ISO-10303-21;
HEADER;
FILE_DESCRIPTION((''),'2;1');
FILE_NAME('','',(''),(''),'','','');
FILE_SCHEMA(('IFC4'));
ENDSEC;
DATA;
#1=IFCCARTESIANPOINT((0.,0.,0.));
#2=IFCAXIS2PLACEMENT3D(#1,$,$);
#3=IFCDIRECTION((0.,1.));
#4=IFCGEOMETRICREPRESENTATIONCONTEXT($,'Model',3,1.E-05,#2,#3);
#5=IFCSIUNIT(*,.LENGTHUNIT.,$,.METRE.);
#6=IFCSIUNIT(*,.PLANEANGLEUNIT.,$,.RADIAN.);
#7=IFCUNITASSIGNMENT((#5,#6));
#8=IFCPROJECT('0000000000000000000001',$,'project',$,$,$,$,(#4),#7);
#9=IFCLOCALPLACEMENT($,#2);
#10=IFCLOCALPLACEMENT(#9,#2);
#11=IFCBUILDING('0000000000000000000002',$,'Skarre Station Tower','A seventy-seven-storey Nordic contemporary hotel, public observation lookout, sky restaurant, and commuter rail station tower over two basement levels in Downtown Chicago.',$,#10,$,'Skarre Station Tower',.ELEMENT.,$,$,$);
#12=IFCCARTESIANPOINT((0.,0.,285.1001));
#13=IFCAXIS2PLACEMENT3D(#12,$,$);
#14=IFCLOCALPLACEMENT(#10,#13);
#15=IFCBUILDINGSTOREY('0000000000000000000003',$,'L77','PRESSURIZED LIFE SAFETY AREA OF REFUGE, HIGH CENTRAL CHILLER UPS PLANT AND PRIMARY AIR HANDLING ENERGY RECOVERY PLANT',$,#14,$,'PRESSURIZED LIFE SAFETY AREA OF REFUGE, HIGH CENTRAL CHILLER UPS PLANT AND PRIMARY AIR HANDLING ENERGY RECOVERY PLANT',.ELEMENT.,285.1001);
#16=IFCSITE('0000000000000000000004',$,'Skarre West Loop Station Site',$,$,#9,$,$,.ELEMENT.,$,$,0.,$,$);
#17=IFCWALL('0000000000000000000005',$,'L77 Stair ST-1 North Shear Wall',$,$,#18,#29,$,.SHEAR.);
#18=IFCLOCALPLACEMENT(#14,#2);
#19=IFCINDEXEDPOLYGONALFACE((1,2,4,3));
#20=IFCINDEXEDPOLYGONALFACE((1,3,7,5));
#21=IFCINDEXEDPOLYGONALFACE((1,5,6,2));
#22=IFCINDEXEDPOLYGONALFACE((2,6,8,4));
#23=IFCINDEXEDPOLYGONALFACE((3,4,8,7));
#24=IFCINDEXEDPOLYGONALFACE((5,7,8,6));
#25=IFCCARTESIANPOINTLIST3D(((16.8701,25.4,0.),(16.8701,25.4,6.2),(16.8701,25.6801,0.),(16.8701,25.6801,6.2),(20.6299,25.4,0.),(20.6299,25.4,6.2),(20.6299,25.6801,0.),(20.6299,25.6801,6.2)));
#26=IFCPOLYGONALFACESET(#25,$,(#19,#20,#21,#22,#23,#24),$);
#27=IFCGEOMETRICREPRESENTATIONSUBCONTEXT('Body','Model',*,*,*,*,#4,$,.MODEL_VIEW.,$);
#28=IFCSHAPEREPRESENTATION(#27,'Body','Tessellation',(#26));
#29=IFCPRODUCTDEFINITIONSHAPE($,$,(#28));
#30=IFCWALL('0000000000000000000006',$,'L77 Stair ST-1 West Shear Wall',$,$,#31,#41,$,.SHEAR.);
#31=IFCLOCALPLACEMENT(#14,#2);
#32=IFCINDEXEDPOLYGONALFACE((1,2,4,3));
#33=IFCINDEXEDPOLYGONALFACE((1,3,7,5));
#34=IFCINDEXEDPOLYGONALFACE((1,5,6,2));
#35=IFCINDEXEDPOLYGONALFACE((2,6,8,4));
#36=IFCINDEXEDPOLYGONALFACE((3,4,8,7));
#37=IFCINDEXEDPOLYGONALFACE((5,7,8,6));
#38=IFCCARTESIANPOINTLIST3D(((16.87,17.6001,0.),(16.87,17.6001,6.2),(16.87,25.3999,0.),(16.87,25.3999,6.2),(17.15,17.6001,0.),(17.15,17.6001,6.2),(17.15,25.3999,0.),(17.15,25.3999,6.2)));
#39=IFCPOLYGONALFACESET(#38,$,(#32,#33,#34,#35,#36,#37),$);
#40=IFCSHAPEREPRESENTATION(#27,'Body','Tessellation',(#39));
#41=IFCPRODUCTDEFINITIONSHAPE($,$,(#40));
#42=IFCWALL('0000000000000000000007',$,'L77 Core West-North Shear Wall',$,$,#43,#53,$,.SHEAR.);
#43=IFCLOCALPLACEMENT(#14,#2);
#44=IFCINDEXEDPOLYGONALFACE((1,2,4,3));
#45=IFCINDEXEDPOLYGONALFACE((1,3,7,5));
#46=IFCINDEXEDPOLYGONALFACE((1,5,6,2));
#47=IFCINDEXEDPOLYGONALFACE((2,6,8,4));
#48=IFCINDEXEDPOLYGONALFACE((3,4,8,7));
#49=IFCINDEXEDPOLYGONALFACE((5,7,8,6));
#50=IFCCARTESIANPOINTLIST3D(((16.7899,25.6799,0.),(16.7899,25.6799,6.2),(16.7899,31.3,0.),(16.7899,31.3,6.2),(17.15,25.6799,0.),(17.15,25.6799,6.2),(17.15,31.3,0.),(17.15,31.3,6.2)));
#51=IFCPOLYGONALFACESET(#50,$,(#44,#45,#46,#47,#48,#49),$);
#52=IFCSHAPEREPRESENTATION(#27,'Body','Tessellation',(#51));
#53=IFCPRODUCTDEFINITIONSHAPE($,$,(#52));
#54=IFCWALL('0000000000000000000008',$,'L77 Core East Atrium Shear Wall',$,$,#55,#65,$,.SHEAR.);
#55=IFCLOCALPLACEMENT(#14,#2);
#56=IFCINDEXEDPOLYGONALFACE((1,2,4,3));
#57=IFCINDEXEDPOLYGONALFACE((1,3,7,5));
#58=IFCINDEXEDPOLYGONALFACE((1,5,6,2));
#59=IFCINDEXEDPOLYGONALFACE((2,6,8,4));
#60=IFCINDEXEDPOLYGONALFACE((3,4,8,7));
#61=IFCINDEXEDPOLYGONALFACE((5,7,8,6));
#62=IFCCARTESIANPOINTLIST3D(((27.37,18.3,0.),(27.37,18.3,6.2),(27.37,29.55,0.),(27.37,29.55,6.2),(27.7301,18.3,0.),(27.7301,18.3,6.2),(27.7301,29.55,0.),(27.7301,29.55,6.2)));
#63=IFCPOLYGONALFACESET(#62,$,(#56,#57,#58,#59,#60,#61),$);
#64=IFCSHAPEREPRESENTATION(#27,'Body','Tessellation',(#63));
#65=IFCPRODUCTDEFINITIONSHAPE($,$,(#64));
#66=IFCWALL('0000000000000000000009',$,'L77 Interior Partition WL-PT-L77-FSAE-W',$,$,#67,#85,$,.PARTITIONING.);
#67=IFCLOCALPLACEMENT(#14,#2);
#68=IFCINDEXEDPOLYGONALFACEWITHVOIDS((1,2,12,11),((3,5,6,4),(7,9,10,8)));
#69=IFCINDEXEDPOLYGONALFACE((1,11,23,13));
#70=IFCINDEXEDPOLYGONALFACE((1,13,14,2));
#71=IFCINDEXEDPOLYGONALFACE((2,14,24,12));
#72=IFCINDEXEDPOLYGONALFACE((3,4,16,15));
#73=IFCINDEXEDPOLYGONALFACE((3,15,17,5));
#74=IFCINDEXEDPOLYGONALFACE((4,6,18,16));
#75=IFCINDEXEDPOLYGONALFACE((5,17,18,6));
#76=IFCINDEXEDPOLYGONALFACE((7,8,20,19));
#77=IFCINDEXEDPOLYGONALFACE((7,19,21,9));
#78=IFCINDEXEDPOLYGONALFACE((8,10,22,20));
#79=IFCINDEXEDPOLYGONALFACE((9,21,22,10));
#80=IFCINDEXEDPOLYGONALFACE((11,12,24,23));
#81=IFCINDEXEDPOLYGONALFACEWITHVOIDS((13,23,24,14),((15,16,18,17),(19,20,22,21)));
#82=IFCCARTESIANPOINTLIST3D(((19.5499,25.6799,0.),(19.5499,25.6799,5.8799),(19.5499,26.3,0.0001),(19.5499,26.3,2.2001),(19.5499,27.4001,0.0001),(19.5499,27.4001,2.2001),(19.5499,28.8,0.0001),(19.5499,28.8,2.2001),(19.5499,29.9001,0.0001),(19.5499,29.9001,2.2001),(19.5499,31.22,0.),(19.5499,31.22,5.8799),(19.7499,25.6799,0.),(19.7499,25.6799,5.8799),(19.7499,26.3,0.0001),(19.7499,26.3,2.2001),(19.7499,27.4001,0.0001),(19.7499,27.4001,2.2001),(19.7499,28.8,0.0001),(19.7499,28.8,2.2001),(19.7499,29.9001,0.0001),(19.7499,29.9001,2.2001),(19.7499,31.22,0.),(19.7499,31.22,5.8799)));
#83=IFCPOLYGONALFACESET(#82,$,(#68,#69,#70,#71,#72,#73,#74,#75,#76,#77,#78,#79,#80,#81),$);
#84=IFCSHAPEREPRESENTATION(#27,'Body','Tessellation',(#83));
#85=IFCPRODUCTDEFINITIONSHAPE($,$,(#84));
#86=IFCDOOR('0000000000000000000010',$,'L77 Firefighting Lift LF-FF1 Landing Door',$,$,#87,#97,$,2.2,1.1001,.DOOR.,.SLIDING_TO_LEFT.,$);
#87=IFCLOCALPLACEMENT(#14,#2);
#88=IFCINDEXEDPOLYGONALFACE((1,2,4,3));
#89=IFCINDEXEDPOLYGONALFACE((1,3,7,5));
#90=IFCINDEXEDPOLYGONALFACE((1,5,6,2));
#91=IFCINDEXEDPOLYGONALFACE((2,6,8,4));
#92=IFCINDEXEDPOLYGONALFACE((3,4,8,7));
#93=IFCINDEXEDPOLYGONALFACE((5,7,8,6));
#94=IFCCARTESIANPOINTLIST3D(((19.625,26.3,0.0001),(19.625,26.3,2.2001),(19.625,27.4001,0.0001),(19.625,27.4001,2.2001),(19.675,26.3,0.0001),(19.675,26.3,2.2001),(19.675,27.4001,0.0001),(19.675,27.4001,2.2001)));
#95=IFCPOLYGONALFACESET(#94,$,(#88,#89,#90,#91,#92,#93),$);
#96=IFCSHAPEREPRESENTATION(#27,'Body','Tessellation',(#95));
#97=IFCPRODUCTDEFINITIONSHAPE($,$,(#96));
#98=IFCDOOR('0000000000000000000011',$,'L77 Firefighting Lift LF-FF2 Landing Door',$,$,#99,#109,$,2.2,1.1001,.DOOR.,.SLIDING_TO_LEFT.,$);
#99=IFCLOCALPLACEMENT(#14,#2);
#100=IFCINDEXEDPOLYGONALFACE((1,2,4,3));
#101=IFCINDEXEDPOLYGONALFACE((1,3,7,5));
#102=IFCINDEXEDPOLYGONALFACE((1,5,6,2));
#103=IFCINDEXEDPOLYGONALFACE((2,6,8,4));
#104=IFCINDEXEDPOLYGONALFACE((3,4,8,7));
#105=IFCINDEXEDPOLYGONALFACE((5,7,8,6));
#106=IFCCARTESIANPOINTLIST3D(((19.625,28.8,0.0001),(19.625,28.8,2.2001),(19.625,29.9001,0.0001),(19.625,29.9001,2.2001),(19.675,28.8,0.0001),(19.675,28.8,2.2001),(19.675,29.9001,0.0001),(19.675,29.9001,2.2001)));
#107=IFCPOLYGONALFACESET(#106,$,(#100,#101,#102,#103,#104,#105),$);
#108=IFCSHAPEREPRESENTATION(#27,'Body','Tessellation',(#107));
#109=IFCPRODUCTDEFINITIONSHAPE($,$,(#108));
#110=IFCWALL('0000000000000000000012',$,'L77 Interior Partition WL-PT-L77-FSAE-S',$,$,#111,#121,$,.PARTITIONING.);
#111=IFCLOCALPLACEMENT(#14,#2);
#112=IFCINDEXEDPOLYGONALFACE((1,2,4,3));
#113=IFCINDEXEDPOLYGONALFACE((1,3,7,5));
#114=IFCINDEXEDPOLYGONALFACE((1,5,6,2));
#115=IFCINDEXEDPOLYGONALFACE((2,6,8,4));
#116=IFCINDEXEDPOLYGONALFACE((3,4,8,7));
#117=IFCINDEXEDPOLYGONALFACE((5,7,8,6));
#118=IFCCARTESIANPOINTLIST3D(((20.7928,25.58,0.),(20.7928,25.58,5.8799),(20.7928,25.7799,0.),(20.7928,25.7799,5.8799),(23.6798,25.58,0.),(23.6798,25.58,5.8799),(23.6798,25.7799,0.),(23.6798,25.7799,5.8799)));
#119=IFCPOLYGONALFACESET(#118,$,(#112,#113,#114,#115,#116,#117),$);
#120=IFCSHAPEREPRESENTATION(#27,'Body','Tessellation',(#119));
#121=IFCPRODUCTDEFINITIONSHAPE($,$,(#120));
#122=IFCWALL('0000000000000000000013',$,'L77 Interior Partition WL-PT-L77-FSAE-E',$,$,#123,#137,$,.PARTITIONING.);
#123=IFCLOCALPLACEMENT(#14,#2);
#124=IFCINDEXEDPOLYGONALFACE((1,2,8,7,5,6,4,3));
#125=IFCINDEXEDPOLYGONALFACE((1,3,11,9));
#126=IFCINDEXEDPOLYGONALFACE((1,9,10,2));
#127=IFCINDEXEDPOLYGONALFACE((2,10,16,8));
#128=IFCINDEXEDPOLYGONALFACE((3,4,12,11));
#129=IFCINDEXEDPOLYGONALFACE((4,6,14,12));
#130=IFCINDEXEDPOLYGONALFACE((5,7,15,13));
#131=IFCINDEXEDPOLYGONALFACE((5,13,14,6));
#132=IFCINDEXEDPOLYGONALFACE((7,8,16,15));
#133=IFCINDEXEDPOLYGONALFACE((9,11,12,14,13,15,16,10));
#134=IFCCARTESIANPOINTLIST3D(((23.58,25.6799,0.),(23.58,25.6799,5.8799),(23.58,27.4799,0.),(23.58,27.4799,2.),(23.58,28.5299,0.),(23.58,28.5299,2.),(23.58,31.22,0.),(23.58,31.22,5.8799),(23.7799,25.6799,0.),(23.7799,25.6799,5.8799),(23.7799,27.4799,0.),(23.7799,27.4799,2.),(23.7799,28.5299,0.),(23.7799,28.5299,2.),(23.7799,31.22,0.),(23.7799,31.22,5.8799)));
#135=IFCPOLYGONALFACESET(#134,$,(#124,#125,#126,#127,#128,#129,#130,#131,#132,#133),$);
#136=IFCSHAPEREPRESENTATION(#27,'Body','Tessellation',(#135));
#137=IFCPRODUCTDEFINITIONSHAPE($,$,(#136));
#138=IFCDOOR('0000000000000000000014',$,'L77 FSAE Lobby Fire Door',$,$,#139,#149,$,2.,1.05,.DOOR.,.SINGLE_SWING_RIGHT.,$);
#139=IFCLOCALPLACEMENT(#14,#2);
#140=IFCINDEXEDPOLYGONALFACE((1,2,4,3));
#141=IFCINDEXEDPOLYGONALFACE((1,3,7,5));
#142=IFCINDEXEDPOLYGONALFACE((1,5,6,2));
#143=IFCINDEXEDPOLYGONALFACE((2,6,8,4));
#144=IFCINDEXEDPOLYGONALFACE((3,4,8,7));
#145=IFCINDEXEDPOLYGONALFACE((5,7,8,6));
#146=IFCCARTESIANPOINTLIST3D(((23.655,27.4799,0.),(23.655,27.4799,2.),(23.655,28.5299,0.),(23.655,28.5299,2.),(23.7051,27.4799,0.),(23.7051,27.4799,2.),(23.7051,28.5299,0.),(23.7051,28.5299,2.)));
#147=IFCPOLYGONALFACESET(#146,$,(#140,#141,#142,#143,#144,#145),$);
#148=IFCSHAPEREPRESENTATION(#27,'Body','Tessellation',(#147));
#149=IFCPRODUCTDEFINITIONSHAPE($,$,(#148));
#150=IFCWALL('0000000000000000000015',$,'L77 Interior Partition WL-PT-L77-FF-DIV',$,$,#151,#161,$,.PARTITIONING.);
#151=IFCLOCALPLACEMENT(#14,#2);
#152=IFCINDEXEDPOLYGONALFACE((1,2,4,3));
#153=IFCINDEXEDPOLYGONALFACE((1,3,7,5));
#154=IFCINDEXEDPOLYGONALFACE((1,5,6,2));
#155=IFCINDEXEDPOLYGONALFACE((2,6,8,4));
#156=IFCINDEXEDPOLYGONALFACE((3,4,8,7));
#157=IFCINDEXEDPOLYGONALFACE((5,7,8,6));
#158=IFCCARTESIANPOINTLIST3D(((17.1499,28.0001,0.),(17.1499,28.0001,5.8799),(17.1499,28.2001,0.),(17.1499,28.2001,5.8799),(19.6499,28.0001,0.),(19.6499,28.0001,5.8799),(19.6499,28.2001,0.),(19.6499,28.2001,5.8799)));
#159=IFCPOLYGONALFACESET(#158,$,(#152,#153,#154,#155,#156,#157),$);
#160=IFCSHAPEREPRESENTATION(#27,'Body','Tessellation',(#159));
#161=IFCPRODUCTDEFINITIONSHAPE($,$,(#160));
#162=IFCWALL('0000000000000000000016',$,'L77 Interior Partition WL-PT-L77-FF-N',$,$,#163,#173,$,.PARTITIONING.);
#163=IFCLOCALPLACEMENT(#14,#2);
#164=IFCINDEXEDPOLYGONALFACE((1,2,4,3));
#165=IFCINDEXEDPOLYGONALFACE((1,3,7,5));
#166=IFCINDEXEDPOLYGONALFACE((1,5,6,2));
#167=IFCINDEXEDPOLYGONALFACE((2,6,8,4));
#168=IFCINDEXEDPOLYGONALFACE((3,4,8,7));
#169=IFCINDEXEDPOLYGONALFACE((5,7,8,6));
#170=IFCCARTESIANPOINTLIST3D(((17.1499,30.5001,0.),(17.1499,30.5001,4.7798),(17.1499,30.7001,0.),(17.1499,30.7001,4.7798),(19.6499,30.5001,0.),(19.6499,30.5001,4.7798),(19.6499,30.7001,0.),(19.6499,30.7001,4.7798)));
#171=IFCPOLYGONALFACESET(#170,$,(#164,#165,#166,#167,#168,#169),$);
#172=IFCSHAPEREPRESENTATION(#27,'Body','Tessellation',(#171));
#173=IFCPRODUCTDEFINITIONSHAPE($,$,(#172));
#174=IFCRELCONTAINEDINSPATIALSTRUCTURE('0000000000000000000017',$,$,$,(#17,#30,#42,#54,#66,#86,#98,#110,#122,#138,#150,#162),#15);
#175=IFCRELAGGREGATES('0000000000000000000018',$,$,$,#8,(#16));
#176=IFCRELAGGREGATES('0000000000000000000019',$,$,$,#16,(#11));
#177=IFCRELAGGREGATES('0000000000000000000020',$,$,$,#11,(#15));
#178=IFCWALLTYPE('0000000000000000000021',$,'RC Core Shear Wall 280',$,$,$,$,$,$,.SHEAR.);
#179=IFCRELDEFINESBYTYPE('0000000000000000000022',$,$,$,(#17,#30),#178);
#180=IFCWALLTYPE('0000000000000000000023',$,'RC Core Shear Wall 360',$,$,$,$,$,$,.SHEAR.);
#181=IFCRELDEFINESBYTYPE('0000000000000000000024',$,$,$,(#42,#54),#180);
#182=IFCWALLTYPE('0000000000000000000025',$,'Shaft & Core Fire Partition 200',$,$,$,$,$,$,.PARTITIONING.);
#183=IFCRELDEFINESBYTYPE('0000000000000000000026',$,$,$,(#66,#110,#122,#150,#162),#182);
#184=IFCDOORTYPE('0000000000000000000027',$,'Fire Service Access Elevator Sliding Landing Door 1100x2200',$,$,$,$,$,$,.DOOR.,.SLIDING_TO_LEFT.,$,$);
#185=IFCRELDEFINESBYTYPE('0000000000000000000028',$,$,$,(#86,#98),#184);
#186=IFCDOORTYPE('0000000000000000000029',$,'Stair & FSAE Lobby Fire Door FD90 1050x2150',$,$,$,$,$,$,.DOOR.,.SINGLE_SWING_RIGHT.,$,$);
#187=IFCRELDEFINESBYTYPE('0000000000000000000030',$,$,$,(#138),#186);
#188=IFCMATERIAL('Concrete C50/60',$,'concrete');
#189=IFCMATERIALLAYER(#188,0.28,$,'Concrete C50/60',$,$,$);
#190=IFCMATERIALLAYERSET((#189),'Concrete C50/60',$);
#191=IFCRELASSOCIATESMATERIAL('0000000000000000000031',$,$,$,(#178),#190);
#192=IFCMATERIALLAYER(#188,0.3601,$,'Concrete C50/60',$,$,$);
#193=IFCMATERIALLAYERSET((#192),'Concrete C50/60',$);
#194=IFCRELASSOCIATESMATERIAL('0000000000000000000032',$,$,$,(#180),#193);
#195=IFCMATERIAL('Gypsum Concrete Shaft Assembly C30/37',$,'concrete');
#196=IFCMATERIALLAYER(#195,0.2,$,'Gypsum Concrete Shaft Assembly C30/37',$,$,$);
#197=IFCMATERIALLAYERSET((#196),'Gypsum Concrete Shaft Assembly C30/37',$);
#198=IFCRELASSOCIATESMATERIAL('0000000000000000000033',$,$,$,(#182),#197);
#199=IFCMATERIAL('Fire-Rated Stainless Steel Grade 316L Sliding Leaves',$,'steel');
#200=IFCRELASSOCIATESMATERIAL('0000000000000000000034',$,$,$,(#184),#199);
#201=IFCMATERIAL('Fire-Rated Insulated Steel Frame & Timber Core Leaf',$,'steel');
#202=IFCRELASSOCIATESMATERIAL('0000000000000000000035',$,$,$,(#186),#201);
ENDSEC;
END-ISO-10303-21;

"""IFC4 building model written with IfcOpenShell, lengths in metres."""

from ifc_helpers import new_model, si_unit, direction, frame, frame_2d, origin, place, context, subcontext, project, spatial, rectangle, extrude, material, layer, layer_set, type_object, element, fill, save


model = new_model("IFC4")

# Units and contexts
model_context = context("Model", 3, precision=1e-05, world=origin(), true_north=direction((0.0, 1.0)))
body_context = subcontext(model_context, "Body", "Model", "MODEL_VIEW")
ifc_project = project(units=[si_unit("LENGTHUNIT", "METRE"), si_unit("PLANEANGLEUNIT", "RADIAN")], contexts=[model_context])

# Site, building, storey
site_placement = place(None, origin())
site = spatial("IfcSite", under=ifc_project, at=site_placement, Name="Skarre West Loop Station Site", CompositionType="ELEMENT", RefElevation=0.0)
building_placement = place(site_placement, origin())
building = spatial("IfcBuilding", under=site, at=building_placement, Name="Skarre Station Tower", Description="A seventy-seven-storey Nordic contemporary hotel, public observation lookout, sky restaurant, and commuter rail station tower over two basement levels in Downtown Chicago.", LongName="Skarre Station Tower", CompositionType="ELEMENT")
storey_placement = place(building_placement, frame((0.0, 0.0, 285.1001)))
storey = spatial("IfcBuildingStorey", under=building, at=storey_placement, Name="L77", Description="PRESSURIZED LIFE SAFETY AREA OF REFUGE, HIGH CENTRAL CHILLER UPS PLANT AND PRIMARY AIR HANDLING ENERGY RECOVERY PLANT", LongName="PRESSURIZED LIFE SAFETY AREA OF REFUGE, HIGH CENTRAL CHILLER UPS PLANT AND PRIMARY AIR HANDLING ENERGY RECOVERY PLANT", CompositionType="ELEMENT", Elevation=285.1001)

# Shared definitions
ifc_material_1 = material(Name="Concrete C50/60", Category="concrete")

# Walls
ifc_layer_1 = layer(ifc_material_1, 0.28, Name="Concrete C50/60")
ifc_layer_set_1 = layer_set([ifc_layer_1], Name="Concrete C50/60")
wall_type_1 = type_object("IfcWallType", Name="RC Core Shear Wall 280", PredefinedType="SHEAR", material=ifc_layer_set_1)
wall_1_placement = place(storey_placement, frame((20.6299, 25.54, 0.0), z_axis=(0.0, 0.0, 1.0), x_axis=(-1.0, 0.0, 0.0)))
element("IfcWall", 1, at=wall_1_placement, inside=storey, type_object=wall_type_1, Name="L77 Stair ST-1 North Shear Wall", PredefinedType="SHEAR", context=body_context, shape_type="SweptSolid", body=[
    extrude(rectangle(XDim=3.7598, YDim=0.28, at=frame_2d((1.8799, 0.0))), origin(), (0.0, 0.0, 1.0), 6.2),
])
wall_2_placement = place(storey_placement, frame((17.01, 25.3999, 0.0), z_axis=(0.0, 0.0, 1.0), x_axis=(0.0, -1.0, 0.0)))
element("IfcWall", 2, at=wall_2_placement, inside=storey, type_object=wall_type_1, Name="L77 Stair ST-1 West Shear Wall", PredefinedType="SHEAR", context=body_context, shape_type="SweptSolid", body=[
    extrude(rectangle(XDim=7.7998, YDim=0.28, at=frame_2d((3.8999, 0.0))), origin(), (0.0, 0.0, 1.0), 6.2),
])
ifc_layer_2 = layer(ifc_material_1, 0.3601, Name="Concrete C50/60")
ifc_layer_set_2 = layer_set([ifc_layer_2], Name="Concrete C50/60")
wall_type_2 = type_object("IfcWallType", Name="RC Core Shear Wall 360", PredefinedType="SHEAR", material=ifc_layer_set_2)
wall_3_placement = place(storey_placement, frame((16.97, 25.6799, 0.0), z_axis=(0.0, 0.0, 1.0), x_axis=(0.0, 1.0, 0.0)))
element("IfcWall", 3, at=wall_3_placement, inside=storey, type_object=wall_type_2, Name="L77 Core West-North Shear Wall", PredefinedType="SHEAR", context=body_context, shape_type="SweptSolid", body=[
    extrude(rectangle(XDim=5.6201, YDim=0.3601, at=frame_2d((2.8101, 0.0))), origin(), (0.0, 0.0, 1.0), 6.2),
])
wall_4_placement = place(storey_placement, frame((27.55, 29.55, 0.0), z_axis=(0.0, 0.0, 1.0), x_axis=(0.0, -1.0, 0.0)))
element("IfcWall", 4, at=wall_4_placement, inside=storey, type_object=wall_type_2, Name="L77 Core East Atrium Shear Wall", PredefinedType="SHEAR", context=body_context, shape_type="SweptSolid", body=[
    extrude(rectangle(XDim=11.25, YDim=0.3601, at=frame_2d((5.625, 0.0))), origin(), (0.0, 0.0, 1.0), 6.2),
])

# Wall, openings, doors
ifc_material_2 = material(Name="Gypsum Concrete Shaft Assembly C30/37", Category="concrete")
ifc_layer_3 = layer(ifc_material_2, 0.2, Name="Gypsum Concrete Shaft Assembly C30/37")
ifc_layer_set_3 = layer_set([ifc_layer_3], Name="Gypsum Concrete Shaft Assembly C30/37")
wall_type_3 = type_object("IfcWallType", Name="Shaft & Core Fire Partition 200", PredefinedType="PARTITIONING", material=ifc_layer_set_3)
wall_5_placement = place(storey_placement, frame((19.6499, 25.6799, 0.0), z_axis=(0.0, 0.0, 1.0), x_axis=(0.0, 1.0, 0.0)))
wall_5 = element("IfcWall", 5, at=wall_5_placement, inside=storey, type_object=wall_type_3, Name="L77 Interior Partition WL-PT-L77-FSAE-W", PredefinedType="PARTITIONING", context=body_context, shape_type="SweptSolid", body=[
    extrude(rectangle(XDim=5.54, YDim=0.2, at=frame_2d((2.77, 0.0))), origin(), (0.0, 0.0, 1.0), 5.8799),
])
opening_1_placement = place(wall_5_placement, frame((0.6201, 0.0, 0.0)))
opening_1 = element("IfcOpeningElement", 6, at=opening_1_placement, cuts=wall_5, PredefinedType="OPENING", context=body_context, shape_type="SweptSolid", body=[
    extrude(rectangle(XDim=1.1001, YDim=2.2, at=frame_2d((0.55, 1.1001))), frame((0.0, 0.1099, 0.0), z_axis=(0.0, -1.0, 0.0), x_axis=(1.0, 0.0, 0.0)), (0.0, 0.0, 1.0), 0.22),
])
opening_2_placement = place(wall_5_placement, frame((3.1201, 0.0, 0.0)))
opening_2 = element("IfcOpeningElement", 7, at=opening_2_placement, cuts=wall_5, PredefinedType="OPENING", context=body_context, shape_type="SweptSolid", body=[
    extrude(rectangle(XDim=1.1001, YDim=2.2, at=frame_2d((0.55, 1.1001))), frame((0.0, 0.1099, 0.0), z_axis=(0.0, -1.0, 0.0), x_axis=(1.0, 0.0, 0.0)), (0.0, 0.0, 1.0), 0.22),
])
ifc_material_3 = material(Name="Fire-Rated Stainless Steel Grade 316L Sliding Leaves", Category="steel")
door_type_1 = type_object("IfcDoorType", Name="Fire Service Access Elevator Sliding Landing Door 1100x2200", OperationType="SLIDING_TO_LEFT", PredefinedType="DOOR", material=ifc_material_3)
door_1_placement = place(opening_1_placement, origin())
door_1 = element("IfcDoor", 8, at=door_1_placement, inside=storey, type_object=door_type_1, Name="L77 Firefighting Lift LF-FF1 Landing Door", OperationType="SLIDING_TO_LEFT", OverallHeight=2.2, OverallWidth=1.1001, PredefinedType="DOOR", context=body_context, shape_type="SweptSolid", body=[
    extrude(rectangle(XDim=1.1001, YDim=2.2, at=frame_2d((0.55, 1.1001))), frame((0.0, 0.0249, 0.0), z_axis=(0.0, -1.0, 0.0), x_axis=(1.0, 0.0, 0.0)), (0.0, 0.0, 1.0), 0.05),
])
fill(opening_1, door_1)
door_2_placement = place(opening_2_placement, origin())
door_2 = element("IfcDoor", 9, at=door_2_placement, inside=storey, type_object=door_type_1, Name="L77 Firefighting Lift LF-FF2 Landing Door", OperationType="SLIDING_TO_LEFT", OverallHeight=2.2, OverallWidth=1.1001, PredefinedType="DOOR", context=body_context, shape_type="SweptSolid", body=[
    extrude(rectangle(XDim=1.1001, YDim=2.2, at=frame_2d((0.55, 1.1001))), frame((0.0, 0.0249, 0.0), z_axis=(0.0, -1.0, 0.0), x_axis=(1.0, 0.0, 0.0)), (0.0, 0.0, 1.0), 0.05),
])
fill(opening_2, door_2)

# Wall
wall_6_placement = place(storey_placement, frame((20.793, 25.6799, 0.0), z_axis=(0.0, 0.0, 1.0), x_axis=(1.0, 0.0, 0.0)))
element("IfcWall", 10, at=wall_6_placement, inside=storey, type_object=wall_type_3, Name="L77 Interior Partition WL-PT-L77-FSAE-S", PredefinedType="PARTITIONING", context=body_context, shape_type="SweptSolid", body=[
    extrude(rectangle(XDim=2.887, YDim=0.2, at=frame_2d((1.4434, 0.0))), origin(), (0.0, 0.0, 1.0), 5.8799),
])

# Wall, opening, door
wall_7_placement = place(storey_placement, frame((23.6799, 25.6799, 0.0), z_axis=(0.0, 0.0, 1.0), x_axis=(0.0, 1.0, 0.0)))
wall_7 = element("IfcWall", 11, at=wall_7_placement, inside=storey, type_object=wall_type_3, Name="L77 Interior Partition WL-PT-L77-FSAE-E", PredefinedType="PARTITIONING", context=body_context, shape_type="SweptSolid", body=[
    extrude(rectangle(XDim=5.54, YDim=0.2, at=frame_2d((2.77, 0.0))), origin(), (0.0, 0.0, 1.0), 5.8799),
])
opening_3_placement = place(wall_7_placement, frame((1.8, 0.0, 0.0)))
opening_3 = element("IfcOpeningElement", 12, at=opening_3_placement, cuts=wall_7, PredefinedType="OPENING", context=body_context, shape_type="SweptSolid", body=[
    extrude(rectangle(XDim=1.05, YDim=2.0, at=frame_2d((0.5249, 1.0))), frame((0.0, 0.1099, 0.0), z_axis=(0.0, -1.0, 0.0), x_axis=(1.0, 0.0, 0.0)), (0.0, 0.0, 1.0), 0.22),
])
ifc_material_4 = material(Name="Fire-Rated Insulated Steel Frame & Timber Core Leaf", Category="steel")
door_type_2 = type_object("IfcDoorType", Name="Stair & FSAE Lobby Fire Door FD90 1050x2150", OperationType="SINGLE_SWING_RIGHT", PredefinedType="DOOR", material=ifc_material_4)
door_3_placement = place(opening_3_placement, origin())
door_3 = element("IfcDoor", 13, at=door_3_placement, inside=storey, type_object=door_type_2, Name="L77 FSAE Lobby Fire Door", OperationType="SINGLE_SWING_RIGHT", OverallHeight=2.0, OverallWidth=1.05, PredefinedType="DOOR", context=body_context, shape_type="SweptSolid", body=[
    extrude(rectangle(XDim=1.05, YDim=2.0, at=frame_2d((0.5249, 1.0))), frame((0.0, 0.0249, 0.0), z_axis=(0.0, -1.0, 0.0), x_axis=(1.0, 0.0, 0.0)), (0.0, 0.0, 1.0), 0.05),
])
fill(opening_3, door_3)

# Walls
wall_8_placement = place(storey_placement, frame((17.1499, 28.1001, 0.0), z_axis=(0.0, 0.0, 1.0), x_axis=(1.0, 0.0, 0.0)))
element("IfcWall", 14, at=wall_8_placement, inside=storey, type_object=wall_type_3, Name="L77 Interior Partition WL-PT-L77-FF-DIV", PredefinedType="PARTITIONING", context=body_context, shape_type="SweptSolid", body=[
    extrude(rectangle(XDim=2.5, YDim=0.2, at=frame_2d((1.25, 0.0))), origin(), (0.0, 0.0, 1.0), 5.8799),
])
wall_9_placement = place(storey_placement, frame((19.6499, 30.6001, 0.0), z_axis=(0.0, 0.0, 1.0), x_axis=(-1.0, 0.0, 0.0)))
element("IfcWall", 15, at=wall_9_placement, inside=storey, type_object=wall_type_3, Name="L77 Interior Partition WL-PT-L77-FF-N", PredefinedType="PARTITIONING", context=body_context, shape_type="SweptSolid", body=[
    extrude(rectangle(XDim=2.5, YDim=0.2, at=frame_2d((1.25, 0.0))), origin(), (0.0, 0.0, 1.0), 4.7798),
])

save(model, "model.ifc")
